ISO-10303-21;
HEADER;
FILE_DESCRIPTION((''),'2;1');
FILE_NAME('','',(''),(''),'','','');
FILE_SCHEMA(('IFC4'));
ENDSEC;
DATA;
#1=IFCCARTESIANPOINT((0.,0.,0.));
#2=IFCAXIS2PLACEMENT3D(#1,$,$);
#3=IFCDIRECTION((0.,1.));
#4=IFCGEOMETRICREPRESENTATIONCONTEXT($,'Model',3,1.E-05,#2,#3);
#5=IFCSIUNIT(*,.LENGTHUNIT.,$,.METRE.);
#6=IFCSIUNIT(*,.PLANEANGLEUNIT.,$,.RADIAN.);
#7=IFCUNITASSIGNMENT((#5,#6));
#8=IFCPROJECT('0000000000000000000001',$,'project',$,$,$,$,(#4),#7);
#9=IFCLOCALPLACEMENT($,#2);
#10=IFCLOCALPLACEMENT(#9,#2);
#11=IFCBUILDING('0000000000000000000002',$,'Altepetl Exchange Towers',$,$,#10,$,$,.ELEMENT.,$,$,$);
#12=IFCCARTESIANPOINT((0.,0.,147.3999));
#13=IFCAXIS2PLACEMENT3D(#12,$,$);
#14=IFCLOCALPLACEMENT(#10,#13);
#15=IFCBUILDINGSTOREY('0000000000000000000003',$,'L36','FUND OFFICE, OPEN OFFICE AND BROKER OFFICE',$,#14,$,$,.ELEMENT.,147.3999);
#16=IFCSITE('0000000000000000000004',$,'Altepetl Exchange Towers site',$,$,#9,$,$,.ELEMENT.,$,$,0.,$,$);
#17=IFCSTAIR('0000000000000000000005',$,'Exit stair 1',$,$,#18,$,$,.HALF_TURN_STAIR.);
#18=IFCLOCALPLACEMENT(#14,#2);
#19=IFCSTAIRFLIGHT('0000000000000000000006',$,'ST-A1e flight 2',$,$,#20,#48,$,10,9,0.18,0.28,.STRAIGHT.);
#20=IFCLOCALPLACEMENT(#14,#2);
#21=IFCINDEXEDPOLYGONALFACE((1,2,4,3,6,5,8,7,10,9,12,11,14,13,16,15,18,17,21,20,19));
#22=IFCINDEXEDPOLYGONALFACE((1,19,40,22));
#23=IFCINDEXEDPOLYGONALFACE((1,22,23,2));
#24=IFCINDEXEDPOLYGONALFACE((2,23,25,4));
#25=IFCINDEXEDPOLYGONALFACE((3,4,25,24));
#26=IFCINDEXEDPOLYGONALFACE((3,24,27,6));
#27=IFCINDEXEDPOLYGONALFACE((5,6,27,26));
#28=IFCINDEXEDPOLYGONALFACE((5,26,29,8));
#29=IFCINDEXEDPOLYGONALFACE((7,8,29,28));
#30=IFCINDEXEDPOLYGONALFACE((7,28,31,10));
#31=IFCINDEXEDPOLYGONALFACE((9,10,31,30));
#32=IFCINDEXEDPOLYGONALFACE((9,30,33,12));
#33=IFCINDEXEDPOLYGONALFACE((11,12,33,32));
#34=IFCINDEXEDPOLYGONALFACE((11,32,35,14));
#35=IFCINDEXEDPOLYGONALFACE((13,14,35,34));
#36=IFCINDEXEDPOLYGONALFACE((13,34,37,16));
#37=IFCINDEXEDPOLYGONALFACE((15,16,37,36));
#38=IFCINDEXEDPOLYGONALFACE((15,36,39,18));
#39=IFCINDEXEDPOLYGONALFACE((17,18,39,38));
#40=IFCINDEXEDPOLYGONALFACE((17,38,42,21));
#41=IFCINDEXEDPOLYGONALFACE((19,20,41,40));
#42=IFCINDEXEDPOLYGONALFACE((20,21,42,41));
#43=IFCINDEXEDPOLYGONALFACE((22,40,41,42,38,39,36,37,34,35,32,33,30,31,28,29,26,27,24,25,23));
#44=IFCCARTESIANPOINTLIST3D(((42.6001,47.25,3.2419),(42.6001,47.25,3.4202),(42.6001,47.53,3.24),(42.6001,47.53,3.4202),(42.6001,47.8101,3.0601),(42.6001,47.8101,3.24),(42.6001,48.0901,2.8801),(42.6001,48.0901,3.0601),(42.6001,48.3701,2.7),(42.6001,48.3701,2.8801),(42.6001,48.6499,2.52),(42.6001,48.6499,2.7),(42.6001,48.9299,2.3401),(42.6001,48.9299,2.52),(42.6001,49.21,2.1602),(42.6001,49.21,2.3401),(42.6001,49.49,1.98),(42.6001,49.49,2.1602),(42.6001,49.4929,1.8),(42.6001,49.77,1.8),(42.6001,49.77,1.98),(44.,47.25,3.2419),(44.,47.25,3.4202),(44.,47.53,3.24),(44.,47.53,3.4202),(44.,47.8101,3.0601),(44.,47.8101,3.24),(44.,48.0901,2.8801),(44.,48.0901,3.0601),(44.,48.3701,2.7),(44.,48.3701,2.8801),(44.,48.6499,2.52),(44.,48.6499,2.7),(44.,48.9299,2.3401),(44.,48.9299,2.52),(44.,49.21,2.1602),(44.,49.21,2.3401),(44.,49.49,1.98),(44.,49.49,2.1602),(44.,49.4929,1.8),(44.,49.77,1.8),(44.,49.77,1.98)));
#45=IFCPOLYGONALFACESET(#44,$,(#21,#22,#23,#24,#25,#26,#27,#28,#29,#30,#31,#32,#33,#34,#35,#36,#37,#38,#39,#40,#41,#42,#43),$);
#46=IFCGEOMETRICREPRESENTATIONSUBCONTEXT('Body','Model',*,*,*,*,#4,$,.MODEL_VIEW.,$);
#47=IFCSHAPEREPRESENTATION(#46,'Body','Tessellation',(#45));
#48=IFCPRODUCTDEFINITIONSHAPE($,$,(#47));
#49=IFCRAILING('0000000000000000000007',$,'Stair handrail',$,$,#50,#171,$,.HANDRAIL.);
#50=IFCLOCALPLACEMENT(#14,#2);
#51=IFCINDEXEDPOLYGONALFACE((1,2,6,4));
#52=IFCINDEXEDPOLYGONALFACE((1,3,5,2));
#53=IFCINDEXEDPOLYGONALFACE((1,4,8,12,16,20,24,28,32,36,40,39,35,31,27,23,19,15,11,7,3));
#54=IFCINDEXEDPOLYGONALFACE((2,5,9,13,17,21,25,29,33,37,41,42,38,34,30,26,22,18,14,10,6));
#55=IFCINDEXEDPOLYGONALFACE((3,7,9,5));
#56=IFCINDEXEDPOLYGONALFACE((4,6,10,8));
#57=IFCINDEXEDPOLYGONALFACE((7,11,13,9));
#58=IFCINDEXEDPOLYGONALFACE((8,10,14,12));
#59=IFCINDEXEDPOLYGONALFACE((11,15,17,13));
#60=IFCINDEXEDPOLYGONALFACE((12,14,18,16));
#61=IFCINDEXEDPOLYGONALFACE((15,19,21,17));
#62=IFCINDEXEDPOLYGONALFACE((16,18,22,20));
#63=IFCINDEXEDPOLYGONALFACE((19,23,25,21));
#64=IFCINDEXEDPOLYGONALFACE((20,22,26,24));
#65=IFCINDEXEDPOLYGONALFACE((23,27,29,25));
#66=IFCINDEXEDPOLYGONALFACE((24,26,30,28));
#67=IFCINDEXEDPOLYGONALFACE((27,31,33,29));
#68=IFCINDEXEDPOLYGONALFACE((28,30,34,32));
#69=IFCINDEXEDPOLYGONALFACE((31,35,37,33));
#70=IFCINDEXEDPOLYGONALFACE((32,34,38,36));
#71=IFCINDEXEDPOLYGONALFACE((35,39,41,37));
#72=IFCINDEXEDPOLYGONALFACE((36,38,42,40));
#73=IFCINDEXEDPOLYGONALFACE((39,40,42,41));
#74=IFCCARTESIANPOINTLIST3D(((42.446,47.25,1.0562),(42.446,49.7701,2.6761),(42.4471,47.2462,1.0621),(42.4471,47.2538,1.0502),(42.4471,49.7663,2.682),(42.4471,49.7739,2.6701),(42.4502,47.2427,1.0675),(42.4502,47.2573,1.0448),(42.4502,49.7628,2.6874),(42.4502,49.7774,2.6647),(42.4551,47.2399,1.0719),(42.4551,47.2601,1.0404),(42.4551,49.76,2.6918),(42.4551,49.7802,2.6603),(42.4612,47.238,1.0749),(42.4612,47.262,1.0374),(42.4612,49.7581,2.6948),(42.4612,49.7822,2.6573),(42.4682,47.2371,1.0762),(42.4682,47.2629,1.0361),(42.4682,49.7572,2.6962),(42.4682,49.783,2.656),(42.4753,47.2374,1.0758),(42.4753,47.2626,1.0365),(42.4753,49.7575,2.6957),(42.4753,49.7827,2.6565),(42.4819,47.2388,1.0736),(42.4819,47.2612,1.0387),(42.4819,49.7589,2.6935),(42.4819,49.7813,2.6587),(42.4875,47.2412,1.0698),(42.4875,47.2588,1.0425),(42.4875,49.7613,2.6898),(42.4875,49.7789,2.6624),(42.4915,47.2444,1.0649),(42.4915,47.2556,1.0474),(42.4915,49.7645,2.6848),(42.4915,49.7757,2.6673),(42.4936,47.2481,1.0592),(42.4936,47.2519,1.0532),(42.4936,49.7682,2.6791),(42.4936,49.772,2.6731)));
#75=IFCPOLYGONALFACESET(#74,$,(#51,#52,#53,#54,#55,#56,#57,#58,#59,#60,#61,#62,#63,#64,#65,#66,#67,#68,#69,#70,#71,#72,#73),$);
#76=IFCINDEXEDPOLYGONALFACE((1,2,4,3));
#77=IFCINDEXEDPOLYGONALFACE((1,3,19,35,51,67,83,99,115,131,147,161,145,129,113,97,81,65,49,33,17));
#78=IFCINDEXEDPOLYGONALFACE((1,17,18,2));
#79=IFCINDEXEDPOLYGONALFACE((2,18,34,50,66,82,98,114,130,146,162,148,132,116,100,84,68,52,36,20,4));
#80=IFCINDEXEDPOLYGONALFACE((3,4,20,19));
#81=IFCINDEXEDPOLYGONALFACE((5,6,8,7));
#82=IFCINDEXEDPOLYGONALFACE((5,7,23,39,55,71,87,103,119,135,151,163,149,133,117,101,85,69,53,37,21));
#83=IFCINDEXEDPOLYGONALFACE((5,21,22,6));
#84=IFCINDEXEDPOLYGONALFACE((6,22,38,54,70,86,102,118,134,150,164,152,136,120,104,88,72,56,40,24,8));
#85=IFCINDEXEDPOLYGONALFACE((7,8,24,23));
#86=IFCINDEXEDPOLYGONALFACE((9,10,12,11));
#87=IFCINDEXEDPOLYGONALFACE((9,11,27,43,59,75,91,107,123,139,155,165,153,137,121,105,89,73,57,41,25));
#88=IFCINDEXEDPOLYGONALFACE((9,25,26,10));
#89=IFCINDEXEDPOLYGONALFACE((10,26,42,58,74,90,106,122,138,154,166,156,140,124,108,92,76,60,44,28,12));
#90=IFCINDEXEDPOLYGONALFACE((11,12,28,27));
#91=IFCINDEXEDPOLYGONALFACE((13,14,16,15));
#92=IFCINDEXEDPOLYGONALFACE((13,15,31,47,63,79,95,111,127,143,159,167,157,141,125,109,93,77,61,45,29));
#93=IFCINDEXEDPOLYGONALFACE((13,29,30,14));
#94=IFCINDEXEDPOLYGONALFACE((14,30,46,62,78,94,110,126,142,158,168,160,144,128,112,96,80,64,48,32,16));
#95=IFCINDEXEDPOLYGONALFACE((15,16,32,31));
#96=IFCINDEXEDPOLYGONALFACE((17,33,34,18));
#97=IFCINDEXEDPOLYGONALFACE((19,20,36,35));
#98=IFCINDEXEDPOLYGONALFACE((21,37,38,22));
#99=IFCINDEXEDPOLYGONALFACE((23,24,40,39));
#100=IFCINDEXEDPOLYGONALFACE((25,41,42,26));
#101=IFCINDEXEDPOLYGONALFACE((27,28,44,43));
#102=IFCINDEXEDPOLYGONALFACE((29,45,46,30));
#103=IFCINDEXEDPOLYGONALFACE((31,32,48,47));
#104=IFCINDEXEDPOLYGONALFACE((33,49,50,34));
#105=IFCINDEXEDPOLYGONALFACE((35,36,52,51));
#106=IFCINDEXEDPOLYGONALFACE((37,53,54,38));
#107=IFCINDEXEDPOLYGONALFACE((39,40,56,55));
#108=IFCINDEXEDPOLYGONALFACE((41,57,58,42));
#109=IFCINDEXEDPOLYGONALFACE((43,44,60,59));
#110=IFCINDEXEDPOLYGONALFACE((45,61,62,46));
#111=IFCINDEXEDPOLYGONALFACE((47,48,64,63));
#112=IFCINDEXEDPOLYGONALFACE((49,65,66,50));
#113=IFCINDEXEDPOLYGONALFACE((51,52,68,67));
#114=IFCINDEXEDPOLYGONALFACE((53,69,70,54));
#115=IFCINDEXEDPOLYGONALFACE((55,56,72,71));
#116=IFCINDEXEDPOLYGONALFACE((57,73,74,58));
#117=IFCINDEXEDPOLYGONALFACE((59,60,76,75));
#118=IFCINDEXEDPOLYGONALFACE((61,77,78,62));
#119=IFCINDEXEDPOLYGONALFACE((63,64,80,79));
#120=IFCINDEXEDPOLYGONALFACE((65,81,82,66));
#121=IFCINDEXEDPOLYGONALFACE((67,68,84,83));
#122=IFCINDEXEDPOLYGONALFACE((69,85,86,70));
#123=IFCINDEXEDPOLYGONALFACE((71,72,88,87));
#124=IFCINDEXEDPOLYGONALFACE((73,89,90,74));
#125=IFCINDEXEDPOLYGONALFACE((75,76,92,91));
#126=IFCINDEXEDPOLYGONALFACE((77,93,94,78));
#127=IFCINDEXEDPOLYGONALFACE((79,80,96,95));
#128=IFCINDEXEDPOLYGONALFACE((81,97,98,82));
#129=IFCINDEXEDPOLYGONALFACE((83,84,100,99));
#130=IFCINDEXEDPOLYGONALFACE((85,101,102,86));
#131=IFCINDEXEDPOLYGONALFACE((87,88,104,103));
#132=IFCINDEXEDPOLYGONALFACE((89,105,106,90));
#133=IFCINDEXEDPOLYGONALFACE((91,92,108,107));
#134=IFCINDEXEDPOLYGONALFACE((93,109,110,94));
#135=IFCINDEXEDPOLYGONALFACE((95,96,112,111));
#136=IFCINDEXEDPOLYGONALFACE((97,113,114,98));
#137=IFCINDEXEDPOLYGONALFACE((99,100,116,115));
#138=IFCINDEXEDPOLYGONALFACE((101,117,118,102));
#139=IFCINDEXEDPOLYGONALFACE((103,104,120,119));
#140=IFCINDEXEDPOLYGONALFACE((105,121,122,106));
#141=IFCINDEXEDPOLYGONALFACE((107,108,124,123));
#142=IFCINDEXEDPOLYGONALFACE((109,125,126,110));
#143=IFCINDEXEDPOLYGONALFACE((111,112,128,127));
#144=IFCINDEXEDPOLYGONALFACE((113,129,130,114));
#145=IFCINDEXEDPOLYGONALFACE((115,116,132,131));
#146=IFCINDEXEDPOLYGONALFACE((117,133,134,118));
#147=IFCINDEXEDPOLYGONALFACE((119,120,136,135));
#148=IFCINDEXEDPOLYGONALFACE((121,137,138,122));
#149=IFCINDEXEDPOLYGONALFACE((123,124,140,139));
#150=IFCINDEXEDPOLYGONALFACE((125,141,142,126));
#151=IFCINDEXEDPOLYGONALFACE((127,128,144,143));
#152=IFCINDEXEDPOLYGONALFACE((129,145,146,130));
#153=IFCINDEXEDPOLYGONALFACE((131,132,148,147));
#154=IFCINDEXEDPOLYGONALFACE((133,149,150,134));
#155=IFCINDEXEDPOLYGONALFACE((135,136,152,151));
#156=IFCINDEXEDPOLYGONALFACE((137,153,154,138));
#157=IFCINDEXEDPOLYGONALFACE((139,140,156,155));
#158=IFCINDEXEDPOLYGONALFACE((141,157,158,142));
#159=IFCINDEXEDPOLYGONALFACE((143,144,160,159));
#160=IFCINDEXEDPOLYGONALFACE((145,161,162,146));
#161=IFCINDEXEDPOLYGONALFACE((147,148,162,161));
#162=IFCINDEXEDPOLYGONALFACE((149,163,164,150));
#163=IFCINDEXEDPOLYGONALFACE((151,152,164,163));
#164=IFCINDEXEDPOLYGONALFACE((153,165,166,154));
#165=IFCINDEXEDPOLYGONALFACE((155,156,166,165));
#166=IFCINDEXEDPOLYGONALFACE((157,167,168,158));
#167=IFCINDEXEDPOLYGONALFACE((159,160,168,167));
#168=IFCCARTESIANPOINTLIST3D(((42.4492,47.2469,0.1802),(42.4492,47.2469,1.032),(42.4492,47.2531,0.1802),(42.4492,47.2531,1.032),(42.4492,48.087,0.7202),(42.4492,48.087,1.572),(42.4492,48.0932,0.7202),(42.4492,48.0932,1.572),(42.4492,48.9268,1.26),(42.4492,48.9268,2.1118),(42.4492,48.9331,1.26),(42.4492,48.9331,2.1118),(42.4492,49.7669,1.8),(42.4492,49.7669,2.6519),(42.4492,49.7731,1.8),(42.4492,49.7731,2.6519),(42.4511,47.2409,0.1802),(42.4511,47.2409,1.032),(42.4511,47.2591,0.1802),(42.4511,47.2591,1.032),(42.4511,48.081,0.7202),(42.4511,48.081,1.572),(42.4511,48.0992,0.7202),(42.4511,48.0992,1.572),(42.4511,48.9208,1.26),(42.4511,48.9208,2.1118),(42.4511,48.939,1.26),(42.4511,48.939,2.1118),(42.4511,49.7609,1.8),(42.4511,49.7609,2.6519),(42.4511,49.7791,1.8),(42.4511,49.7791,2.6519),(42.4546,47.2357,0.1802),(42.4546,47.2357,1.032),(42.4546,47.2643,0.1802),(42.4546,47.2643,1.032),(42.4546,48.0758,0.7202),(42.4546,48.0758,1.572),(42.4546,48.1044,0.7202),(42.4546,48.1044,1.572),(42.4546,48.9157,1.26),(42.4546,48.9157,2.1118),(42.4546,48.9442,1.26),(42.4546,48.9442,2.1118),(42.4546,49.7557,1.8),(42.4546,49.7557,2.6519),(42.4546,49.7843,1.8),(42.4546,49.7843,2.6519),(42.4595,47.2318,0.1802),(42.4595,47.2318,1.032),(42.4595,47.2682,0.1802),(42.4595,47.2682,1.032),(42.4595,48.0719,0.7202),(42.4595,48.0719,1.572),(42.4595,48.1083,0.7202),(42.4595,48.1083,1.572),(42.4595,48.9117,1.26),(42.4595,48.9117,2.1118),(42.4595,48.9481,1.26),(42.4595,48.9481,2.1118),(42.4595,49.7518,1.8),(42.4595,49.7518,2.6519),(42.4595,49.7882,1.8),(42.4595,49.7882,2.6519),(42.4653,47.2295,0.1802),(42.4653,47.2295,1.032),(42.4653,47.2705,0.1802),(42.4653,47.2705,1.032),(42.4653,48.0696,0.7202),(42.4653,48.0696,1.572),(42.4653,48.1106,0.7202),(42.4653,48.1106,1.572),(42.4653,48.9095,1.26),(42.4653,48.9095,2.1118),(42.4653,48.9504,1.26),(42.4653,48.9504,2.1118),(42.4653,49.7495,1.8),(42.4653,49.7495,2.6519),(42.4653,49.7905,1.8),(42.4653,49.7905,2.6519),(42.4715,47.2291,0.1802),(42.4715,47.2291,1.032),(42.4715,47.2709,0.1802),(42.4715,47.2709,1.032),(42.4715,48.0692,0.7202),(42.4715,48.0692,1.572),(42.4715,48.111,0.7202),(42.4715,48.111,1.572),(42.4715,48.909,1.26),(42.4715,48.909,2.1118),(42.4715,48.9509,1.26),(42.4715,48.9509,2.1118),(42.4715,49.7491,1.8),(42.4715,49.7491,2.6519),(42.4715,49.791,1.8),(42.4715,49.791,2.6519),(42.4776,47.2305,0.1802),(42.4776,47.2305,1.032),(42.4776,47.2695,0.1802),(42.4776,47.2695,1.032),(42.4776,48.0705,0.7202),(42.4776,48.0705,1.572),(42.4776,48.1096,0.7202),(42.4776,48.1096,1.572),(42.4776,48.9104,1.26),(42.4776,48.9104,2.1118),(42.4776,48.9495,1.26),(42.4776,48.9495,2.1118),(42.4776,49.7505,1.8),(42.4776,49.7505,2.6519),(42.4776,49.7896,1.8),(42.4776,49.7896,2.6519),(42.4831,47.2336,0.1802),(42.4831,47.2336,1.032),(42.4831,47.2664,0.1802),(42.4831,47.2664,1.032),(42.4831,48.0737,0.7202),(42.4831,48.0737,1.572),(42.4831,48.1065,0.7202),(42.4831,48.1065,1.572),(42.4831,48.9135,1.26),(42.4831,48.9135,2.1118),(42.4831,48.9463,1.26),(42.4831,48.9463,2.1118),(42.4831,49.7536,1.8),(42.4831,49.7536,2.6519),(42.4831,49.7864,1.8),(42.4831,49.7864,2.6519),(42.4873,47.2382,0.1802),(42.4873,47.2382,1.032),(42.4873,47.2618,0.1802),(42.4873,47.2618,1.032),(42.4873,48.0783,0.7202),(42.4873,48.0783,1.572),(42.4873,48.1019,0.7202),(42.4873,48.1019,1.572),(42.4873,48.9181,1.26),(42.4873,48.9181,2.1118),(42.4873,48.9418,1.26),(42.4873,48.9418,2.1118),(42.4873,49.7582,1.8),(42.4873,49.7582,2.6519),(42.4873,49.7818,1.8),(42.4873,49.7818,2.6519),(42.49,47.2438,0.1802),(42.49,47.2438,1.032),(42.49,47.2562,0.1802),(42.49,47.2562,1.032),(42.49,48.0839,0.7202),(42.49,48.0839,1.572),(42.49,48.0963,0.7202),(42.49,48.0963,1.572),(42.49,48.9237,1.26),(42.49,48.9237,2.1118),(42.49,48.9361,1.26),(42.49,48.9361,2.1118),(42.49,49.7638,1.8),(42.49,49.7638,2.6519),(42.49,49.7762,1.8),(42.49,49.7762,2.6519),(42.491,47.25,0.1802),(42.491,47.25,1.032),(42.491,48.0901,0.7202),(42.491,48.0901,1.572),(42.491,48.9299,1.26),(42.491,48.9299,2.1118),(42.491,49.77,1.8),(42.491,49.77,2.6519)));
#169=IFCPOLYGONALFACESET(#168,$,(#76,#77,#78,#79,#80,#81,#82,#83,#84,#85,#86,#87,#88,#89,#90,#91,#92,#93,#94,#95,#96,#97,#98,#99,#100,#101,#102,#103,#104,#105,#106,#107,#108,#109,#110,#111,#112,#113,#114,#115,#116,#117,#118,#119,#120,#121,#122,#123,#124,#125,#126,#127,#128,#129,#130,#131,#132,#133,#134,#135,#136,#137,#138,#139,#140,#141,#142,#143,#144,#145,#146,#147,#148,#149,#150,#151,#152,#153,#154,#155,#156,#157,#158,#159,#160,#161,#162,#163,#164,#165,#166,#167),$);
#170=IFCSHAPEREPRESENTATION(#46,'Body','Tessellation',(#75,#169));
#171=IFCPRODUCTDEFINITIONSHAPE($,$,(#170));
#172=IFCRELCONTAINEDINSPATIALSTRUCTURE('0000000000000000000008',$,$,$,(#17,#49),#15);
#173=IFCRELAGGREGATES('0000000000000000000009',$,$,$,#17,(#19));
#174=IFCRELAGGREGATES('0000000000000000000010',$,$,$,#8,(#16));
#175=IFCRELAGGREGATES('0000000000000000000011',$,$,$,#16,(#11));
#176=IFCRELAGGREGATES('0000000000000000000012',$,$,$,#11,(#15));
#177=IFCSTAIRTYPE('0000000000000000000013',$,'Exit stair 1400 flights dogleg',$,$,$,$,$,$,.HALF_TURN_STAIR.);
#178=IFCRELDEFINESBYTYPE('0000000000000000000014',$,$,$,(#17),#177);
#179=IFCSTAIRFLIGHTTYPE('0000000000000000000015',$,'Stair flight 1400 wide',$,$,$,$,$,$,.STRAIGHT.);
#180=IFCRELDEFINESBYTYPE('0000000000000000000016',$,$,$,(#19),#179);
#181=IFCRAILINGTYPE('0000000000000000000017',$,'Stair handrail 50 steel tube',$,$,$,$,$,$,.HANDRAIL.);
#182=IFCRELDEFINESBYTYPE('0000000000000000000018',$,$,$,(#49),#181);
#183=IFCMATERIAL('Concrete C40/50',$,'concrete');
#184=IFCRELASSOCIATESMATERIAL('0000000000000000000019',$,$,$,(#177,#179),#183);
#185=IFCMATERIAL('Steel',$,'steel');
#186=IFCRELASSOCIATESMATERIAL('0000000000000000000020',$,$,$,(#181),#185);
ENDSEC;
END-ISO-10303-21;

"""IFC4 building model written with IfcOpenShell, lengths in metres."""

from ifc_helpers import new_model, si_unit, direction, frame, origin, origin_2d, place, context, subcontext, project, spatial, polyline, circle, outline, extrude, source, transform, mapped, material, type_object, element, aggregate, save


model = new_model("IFC4")

# Units and contexts
model_context = context("Model", 3, precision=1e-05, world=origin(), true_north=direction((0.0, 1.0)))
body_context = subcontext(model_context, "Body", "Model", "MODEL_VIEW")
ifc_project = project(units=[si_unit("LENGTHUNIT", "METRE"), si_unit("PLANEANGLEUNIT", "RADIAN")], contexts=[model_context])

# Site, building, storey
site_placement = place(None, origin())
site = spatial("IfcSite", under=ifc_project, at=site_placement, Name="Altepetl Exchange Towers site", CompositionType="ELEMENT", RefElevation=0.0)
building_placement = place(site_placement, origin())
building = spatial("IfcBuilding", under=site, at=building_placement, Name="Altepetl Exchange Towers", CompositionType="ELEMENT")
storey_placement = place(building_placement, frame((0.0, 0.0, 147.3999)))
storey = spatial("IfcBuildingStorey", under=building, at=storey_placement, Name="L36", Description="FUND OFFICE, OPEN OFFICE AND BROKER OFFICE", CompositionType="ELEMENT", Elevation=147.3999)

# Shared definitions
ifc_material_1 = material(Name="Concrete C40/50", Category="concrete")

# Stair, stair flight
stair_type = type_object("IfcStairType", Name="Exit stair 1400 flights dogleg", PredefinedType="HALF_TURN_STAIR", material=ifc_material_1)
stair_placement = place(storey_placement, origin())
stair = element("IfcStair", 1, at=stair_placement, inside=storey, type_object=stair_type, Name="Exit stair 1", PredefinedType="HALF_TURN_STAIR")
stair_flight_type = type_object("IfcStairFlightType", Name="Stair flight 1400 wide", PredefinedType="STRAIGHT", material=ifc_material_1)
stair_flight_1_placement = place(storey_placement, frame((43.3, 49.77, 1.8), z_axis=(0.0, 0.0, 1.0), x_axis=(0.0, -1.0, 0.0)))
stair_flight_1 = element("IfcStairFlight", 2, at=stair_flight_1_placement, type_object=stair_flight_type, Name="ST-A1e flight 2", NumberOfRisers=10, NumberOfTreads=9, PredefinedType="STRAIGHT", RiserHeight=0.18, TreadLength=0.28, context=body_context, shape_type="SweptSolid", body=[
    extrude(outline(polyline([(0.0, 0.0), (0.0, 0.1799), (0.28, 0.1799), (0.28, 0.3601), (0.5601, 0.3601), (0.5601, 0.54), (0.8401, 0.54), (0.8401, 0.72), (1.1201, 0.72), (1.1201, 0.8999), (1.3999, 0.8999), (1.3999, 1.0801), (1.6799, 1.0801), (1.6799, 1.26), (1.96, 1.26), (1.96, 1.4399), (2.24, 1.4399), (2.24, 1.6201), (2.52, 1.6201), (2.52, 1.8), (2.52, 1.4419), (0.2771, 0.0), (0.0, 0.0)])), frame((0.0, 0.7, 0.0), z_axis=(0.0, -1.0, 0.0), x_axis=(1.0, 0.0, 0.0)), (0.0, 0.0, 1.0), 1.3999),
])
aggregate(stair, [stair_flight_1])

# Railing
ifc_material_2 = material(Name="Steel", Category="steel")
railing_type = type_object("IfcRailingType", Name="Stair handrail 50 steel tube", PredefinedType="HANDRAIL", material=ifc_material_2)
shared_shape = source(origin(), body_context, "Body", "SweptSolid", [
    extrude(circle(Radius=0.021, at=origin_2d()), origin(), (0.0, 0.0, 1.0), 0.8518),
])
railing_1_placement = place(storey_placement, frame((42.47, 47.25, 0.1802)))
element("IfcRailing", 3, at=railing_1_placement, inside=storey, type_object=railing_type, Name="Stair handrail", PredefinedType="HANDRAIL", context=body_context, shape_type="SweptSolid", body=[
    extrude(circle(Radius=0.0239, at=origin_2d()), frame((0.0, 0.0, 0.876), z_axis=(0.0, 0.8412, 0.540725), x_axis=(-1.0, 0.0, 0.0)), (0.0, 0.0, 1.0), 2.9958),
    mapped(shared_shape, transform((0.0, 0.0, 0.0))),
    mapped(shared_shape, transform((0.0, 0.8401, 0.54))),
    mapped(shared_shape, transform((0.0, 1.6799, 1.0798))),
    mapped(shared_shape, transform((0.0, 2.52, 1.6199))),
])

save(model, "model.ifc")
